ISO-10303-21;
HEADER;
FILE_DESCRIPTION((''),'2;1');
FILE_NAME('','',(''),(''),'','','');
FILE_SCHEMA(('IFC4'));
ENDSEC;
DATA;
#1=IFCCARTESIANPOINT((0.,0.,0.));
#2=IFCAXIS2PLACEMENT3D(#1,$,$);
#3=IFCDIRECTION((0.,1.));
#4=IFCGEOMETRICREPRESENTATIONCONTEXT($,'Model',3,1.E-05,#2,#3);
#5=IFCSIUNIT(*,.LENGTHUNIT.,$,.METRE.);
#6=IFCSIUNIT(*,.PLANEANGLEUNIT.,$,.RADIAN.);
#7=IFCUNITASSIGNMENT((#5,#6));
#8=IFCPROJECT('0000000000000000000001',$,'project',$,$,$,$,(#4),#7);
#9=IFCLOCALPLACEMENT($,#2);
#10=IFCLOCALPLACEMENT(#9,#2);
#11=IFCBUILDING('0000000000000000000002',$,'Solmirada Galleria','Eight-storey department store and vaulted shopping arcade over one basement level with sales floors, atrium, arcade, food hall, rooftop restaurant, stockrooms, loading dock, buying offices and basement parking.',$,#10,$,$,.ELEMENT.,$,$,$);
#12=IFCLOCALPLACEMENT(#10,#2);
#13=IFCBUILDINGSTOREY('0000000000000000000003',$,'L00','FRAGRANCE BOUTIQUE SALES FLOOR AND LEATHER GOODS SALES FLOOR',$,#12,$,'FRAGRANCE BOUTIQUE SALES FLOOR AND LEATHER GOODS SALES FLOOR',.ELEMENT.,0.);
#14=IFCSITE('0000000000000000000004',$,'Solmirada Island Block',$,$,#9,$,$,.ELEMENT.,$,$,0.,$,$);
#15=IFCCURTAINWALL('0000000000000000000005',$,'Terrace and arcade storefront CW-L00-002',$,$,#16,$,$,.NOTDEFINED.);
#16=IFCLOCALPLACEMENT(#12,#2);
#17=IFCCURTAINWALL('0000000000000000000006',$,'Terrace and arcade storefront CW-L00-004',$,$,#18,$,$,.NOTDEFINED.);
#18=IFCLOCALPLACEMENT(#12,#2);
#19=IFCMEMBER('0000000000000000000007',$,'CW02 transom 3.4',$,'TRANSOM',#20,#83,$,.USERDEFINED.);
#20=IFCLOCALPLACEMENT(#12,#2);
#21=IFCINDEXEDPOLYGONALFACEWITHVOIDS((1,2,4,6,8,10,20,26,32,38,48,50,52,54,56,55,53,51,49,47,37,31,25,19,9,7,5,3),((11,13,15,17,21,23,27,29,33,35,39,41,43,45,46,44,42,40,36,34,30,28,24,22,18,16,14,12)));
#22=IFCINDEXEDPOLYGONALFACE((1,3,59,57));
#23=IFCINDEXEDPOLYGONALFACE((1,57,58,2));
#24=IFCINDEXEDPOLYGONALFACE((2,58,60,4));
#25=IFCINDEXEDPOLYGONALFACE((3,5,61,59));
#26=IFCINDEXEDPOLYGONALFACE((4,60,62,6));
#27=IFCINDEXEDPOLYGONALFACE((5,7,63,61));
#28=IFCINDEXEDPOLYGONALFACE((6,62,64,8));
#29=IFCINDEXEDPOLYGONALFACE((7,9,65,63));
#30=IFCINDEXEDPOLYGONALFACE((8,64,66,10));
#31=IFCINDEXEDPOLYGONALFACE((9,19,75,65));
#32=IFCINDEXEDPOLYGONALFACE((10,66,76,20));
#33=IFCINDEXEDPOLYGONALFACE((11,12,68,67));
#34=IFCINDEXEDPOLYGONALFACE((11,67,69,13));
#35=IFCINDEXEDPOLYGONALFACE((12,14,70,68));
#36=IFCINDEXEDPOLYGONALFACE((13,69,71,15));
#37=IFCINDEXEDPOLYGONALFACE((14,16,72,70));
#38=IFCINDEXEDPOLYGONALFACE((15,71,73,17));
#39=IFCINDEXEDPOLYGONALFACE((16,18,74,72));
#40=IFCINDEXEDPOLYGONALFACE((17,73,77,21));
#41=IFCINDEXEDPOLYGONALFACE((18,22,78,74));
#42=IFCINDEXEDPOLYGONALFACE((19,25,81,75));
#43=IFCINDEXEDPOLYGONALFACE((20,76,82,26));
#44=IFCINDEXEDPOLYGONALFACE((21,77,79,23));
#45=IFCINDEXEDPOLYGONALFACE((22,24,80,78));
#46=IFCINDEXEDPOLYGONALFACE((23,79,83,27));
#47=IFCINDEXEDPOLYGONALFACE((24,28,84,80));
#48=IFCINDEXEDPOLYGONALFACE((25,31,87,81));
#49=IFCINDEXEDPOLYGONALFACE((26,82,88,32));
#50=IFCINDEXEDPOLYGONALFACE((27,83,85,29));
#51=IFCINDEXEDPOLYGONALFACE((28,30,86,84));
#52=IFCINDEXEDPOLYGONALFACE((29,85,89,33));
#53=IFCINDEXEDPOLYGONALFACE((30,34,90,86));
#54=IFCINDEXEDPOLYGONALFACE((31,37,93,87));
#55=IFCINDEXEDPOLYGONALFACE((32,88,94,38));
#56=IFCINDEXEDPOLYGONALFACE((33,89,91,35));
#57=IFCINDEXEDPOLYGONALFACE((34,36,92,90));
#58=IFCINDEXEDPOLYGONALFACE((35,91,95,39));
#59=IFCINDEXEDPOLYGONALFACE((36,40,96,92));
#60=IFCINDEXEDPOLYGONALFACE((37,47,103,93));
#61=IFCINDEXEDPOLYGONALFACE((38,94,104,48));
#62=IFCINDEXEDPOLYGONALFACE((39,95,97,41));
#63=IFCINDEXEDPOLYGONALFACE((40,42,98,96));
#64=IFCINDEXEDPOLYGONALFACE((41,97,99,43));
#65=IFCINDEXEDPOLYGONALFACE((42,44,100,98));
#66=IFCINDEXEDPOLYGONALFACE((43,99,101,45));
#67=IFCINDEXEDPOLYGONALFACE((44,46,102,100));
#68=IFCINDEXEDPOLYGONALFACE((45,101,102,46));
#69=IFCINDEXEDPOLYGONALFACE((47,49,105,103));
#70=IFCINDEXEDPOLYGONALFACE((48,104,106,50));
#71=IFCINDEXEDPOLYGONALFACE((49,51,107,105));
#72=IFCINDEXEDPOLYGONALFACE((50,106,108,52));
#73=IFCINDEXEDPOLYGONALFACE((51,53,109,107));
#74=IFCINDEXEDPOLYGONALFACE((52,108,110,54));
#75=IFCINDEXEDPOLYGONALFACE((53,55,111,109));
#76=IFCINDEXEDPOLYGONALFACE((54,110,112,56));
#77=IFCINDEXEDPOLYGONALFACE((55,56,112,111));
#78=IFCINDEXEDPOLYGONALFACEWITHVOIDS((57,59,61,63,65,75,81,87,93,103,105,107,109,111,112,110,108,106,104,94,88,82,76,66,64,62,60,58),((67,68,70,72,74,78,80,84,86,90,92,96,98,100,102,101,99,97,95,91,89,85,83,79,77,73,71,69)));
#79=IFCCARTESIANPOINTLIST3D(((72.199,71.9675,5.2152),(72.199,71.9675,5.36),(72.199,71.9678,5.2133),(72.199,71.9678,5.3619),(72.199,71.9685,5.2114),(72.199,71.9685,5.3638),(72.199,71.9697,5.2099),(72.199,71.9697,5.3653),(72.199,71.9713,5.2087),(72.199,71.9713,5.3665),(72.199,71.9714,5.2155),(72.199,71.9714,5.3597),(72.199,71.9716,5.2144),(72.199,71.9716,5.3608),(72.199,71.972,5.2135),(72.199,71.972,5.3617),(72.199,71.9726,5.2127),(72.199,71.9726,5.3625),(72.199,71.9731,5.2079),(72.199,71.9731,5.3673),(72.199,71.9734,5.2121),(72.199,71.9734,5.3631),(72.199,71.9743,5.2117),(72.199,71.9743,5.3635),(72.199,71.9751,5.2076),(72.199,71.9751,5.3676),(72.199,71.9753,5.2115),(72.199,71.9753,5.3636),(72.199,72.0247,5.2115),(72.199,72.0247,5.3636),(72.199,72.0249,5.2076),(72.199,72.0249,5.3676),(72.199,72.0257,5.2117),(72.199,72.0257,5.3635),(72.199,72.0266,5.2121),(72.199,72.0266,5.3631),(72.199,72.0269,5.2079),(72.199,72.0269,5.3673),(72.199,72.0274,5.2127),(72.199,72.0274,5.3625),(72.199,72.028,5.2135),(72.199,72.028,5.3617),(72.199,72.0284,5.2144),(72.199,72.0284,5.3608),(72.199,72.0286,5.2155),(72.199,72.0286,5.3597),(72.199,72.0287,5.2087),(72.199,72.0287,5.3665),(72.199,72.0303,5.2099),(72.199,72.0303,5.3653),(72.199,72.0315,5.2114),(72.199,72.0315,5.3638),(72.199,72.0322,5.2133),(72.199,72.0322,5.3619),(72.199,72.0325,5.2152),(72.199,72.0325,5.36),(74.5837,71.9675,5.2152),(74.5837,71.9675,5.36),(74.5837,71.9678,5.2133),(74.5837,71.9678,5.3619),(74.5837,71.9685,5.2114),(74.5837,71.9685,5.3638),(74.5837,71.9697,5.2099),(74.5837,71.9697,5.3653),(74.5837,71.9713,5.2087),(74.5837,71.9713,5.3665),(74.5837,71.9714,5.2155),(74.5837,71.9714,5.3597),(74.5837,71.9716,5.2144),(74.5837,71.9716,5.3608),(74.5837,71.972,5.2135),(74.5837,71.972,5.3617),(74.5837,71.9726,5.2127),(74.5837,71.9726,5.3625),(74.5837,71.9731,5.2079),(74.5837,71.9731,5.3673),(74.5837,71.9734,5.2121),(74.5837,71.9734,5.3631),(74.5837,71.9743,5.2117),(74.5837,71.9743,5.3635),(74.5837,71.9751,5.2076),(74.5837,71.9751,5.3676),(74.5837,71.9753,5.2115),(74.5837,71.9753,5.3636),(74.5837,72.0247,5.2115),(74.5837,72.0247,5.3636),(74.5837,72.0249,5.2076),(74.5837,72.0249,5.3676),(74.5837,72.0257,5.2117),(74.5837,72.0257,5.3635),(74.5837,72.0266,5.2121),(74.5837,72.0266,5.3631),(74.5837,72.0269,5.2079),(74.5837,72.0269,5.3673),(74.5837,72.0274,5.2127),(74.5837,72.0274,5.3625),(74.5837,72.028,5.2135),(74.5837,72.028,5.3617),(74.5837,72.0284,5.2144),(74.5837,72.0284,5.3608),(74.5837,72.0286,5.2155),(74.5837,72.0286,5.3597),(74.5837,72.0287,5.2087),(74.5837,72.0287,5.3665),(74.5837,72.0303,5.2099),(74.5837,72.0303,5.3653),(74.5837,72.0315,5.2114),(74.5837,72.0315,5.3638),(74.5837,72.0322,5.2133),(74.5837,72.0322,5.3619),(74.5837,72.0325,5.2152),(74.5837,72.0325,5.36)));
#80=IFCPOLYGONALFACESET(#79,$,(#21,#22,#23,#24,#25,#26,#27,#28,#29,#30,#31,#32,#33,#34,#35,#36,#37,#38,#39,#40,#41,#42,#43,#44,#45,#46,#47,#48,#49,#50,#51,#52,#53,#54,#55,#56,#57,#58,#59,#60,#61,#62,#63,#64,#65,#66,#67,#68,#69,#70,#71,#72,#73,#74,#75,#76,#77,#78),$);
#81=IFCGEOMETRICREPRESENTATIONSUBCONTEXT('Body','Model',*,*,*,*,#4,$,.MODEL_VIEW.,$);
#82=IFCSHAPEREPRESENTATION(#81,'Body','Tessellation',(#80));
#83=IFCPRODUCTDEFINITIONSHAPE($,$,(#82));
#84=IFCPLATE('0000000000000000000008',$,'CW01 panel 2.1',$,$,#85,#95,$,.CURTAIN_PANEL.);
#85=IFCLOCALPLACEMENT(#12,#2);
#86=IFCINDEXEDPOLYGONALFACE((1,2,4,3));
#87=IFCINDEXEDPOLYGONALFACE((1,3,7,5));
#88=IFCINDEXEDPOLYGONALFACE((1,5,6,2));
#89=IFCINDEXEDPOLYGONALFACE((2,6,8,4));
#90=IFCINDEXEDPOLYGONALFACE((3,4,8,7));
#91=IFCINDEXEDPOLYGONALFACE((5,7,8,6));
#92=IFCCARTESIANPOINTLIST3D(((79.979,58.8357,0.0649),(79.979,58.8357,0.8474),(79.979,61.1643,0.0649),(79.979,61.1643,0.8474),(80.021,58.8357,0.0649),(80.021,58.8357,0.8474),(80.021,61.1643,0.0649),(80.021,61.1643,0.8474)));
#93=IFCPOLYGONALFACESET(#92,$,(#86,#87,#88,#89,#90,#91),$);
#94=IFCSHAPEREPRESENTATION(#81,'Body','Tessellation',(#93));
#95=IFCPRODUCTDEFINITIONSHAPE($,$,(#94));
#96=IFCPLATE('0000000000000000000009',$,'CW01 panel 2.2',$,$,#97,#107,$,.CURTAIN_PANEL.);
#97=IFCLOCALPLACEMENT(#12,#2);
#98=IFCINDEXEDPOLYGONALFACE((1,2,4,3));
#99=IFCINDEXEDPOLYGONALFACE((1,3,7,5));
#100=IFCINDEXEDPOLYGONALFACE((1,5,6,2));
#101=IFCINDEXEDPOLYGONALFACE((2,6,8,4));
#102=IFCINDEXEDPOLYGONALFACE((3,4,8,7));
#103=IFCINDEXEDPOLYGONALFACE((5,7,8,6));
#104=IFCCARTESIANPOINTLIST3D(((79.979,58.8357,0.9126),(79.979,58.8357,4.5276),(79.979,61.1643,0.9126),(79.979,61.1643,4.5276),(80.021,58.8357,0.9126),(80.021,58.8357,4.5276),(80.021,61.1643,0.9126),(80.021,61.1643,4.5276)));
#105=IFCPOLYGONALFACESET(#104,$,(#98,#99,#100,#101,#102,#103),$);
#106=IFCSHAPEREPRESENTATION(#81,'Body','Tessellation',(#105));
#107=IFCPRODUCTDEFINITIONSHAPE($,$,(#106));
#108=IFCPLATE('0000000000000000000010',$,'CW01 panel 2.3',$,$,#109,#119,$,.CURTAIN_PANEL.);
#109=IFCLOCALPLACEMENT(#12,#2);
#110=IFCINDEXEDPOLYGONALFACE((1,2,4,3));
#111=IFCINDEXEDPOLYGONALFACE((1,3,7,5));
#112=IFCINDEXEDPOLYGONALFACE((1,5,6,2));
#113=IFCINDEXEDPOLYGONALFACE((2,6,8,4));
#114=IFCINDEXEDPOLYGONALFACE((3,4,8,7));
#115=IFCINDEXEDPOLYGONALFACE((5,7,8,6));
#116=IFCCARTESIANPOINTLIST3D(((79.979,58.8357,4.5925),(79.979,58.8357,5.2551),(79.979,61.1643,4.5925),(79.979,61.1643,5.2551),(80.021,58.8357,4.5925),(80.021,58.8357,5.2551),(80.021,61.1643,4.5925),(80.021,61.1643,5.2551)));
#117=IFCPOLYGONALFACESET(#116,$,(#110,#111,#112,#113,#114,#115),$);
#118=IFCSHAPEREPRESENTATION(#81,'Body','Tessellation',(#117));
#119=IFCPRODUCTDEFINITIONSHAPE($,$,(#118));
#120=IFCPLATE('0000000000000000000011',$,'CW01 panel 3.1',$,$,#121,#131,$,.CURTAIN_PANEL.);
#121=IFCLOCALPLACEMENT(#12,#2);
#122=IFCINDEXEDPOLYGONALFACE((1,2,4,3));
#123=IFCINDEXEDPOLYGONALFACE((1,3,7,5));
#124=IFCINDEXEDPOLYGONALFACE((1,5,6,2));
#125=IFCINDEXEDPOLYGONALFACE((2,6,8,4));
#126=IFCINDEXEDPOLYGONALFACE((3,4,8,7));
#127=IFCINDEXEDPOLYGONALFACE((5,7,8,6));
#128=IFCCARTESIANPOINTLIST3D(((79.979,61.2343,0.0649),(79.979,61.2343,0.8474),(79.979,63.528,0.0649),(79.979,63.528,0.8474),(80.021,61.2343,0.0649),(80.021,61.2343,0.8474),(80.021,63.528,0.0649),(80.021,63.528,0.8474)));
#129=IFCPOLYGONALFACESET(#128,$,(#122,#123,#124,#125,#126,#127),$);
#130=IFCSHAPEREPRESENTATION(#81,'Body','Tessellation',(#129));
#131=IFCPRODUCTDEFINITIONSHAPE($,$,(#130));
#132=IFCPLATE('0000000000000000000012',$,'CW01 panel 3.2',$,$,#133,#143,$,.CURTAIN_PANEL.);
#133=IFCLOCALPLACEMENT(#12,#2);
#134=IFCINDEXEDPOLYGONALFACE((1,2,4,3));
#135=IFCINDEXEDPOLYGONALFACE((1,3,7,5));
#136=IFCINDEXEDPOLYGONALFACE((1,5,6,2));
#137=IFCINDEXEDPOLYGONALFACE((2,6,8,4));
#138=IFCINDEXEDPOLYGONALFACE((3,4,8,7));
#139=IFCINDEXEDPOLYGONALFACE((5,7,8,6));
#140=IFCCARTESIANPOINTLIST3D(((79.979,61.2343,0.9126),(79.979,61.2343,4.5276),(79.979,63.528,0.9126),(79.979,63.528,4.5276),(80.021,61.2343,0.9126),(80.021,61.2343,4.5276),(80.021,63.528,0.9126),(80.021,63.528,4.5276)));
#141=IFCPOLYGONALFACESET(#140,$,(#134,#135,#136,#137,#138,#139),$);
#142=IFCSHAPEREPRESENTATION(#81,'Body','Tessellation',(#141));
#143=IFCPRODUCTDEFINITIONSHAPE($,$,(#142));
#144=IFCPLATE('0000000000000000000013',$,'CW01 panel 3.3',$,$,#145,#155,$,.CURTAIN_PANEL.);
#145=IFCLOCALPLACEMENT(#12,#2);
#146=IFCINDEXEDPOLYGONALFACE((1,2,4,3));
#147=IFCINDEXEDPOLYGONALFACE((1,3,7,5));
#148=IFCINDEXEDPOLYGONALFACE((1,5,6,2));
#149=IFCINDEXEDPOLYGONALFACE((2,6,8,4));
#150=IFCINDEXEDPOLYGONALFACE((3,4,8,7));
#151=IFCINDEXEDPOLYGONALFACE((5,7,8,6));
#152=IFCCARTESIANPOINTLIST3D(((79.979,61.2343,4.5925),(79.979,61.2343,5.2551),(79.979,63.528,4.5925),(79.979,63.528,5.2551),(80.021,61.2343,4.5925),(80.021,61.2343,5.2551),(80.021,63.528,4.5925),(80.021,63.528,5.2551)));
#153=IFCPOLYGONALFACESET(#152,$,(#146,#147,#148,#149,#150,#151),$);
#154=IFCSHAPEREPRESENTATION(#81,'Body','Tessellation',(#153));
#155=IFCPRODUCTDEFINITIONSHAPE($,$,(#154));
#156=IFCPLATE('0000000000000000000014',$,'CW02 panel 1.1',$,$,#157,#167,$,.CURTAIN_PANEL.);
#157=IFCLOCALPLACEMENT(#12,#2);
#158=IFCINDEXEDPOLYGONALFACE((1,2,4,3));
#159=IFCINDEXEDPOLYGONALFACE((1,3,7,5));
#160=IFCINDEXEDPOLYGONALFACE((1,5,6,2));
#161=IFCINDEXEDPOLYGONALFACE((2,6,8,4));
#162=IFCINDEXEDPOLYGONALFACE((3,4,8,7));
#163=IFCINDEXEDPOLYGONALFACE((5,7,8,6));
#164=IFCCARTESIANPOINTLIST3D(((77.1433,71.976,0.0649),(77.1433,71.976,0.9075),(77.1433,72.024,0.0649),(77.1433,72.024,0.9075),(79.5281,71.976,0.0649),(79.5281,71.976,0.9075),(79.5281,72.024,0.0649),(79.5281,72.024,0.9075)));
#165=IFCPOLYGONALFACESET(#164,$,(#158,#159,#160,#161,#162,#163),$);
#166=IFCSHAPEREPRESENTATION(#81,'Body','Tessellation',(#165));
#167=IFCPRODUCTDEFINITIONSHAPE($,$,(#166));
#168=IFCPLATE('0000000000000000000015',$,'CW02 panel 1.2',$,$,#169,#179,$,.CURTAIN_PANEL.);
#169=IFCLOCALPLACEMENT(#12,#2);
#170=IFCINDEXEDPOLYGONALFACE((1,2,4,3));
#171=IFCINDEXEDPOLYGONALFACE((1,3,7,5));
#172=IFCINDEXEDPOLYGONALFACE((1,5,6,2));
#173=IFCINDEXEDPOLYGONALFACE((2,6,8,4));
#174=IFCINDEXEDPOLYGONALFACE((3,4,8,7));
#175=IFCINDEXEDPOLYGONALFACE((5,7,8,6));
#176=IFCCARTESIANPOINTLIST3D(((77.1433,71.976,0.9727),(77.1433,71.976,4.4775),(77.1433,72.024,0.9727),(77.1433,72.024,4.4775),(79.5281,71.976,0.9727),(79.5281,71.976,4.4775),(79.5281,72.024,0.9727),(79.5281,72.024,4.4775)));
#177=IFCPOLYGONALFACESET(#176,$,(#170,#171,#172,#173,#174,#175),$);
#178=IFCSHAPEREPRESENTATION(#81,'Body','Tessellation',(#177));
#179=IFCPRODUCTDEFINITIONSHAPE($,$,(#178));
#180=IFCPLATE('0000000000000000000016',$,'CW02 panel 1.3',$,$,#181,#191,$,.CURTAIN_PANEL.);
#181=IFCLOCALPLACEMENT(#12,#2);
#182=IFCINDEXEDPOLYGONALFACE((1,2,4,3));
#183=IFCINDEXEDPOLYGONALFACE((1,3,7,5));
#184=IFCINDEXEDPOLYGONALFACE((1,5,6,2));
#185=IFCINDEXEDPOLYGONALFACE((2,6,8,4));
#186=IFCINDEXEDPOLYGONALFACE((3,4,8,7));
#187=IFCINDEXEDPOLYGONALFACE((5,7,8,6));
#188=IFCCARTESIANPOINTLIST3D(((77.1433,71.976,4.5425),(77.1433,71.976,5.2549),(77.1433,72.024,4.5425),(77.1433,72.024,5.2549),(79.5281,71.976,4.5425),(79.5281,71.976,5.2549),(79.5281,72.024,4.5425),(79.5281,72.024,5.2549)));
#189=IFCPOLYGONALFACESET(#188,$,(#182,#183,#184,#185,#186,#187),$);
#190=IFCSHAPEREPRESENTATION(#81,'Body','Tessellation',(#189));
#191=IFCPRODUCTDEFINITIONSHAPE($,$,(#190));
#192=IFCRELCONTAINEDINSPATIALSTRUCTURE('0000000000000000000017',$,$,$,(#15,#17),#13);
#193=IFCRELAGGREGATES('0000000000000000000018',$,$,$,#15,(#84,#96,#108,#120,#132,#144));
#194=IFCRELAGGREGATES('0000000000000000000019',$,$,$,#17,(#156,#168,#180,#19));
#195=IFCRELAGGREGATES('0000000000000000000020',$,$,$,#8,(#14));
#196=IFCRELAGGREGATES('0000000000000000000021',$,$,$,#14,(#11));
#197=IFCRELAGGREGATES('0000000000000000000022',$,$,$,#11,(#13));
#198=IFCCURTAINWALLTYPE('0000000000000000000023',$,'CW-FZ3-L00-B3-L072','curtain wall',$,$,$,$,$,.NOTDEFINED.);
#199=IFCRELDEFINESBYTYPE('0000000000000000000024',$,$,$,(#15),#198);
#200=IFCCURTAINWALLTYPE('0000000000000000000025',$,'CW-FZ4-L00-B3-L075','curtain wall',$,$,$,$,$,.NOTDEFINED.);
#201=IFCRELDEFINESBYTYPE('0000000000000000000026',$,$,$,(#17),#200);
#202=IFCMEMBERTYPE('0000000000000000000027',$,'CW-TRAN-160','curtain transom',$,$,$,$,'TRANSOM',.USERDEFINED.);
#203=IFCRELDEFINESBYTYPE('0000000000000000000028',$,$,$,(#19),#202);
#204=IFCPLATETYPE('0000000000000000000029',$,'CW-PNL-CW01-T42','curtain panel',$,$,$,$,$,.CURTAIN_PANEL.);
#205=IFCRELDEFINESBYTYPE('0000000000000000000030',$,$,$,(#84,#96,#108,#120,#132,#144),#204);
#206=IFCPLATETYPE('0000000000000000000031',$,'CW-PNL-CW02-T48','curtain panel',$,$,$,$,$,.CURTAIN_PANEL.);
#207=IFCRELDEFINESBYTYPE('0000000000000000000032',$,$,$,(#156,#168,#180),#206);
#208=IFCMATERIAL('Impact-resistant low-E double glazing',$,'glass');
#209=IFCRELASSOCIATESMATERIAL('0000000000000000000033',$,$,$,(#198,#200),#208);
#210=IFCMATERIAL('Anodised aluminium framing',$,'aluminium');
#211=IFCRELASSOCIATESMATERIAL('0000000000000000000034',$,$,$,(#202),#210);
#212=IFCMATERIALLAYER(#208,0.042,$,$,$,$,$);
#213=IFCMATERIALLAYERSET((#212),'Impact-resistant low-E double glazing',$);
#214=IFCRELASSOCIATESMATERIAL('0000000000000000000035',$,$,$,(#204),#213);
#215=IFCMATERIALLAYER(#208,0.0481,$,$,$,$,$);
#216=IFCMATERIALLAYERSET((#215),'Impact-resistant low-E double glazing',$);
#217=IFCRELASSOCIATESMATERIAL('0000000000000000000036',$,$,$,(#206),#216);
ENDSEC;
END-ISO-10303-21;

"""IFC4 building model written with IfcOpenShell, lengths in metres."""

from ifc_helpers import new_model, si_unit, direction, frame, origin, origin_2d, place, context, subcontext, project, spatial, rectangle, hollow_rectangle, extrude, material, layer, layer_set, material_profile, profile_set, type_object, element, aggregate, save


model = new_model("IFC4")

# Units and contexts
model_context = context("Model", 3, precision=1e-05, world=origin(), true_north=direction((0.0, 1.0)))
body_context = subcontext(model_context, "Body", "Model", "MODEL_VIEW")
ifc_project = project(units=[si_unit("LENGTHUNIT", "METRE"), si_unit("PLANEANGLEUNIT", "RADIAN")], contexts=[model_context])

# Site, building, storey
site_placement = place(None, origin())
site = spatial("IfcSite", under=ifc_project, at=site_placement, Name="Solmirada Island Block", CompositionType="ELEMENT", RefElevation=0.0)
building_placement = place(site_placement, origin())
building = spatial("IfcBuilding", under=site, at=building_placement, Name="Solmirada Galleria", Description="Eight-storey department store and vaulted shopping arcade over one basement level with sales floors, atrium, arcade, food hall, rooftop restaurant, stockrooms, loading dock, buying offices and basement parking.", CompositionType="ELEMENT")
storey_placement = place(building_placement, origin())
storey = spatial("IfcBuildingStorey", under=building, at=storey_placement, Name="L00", Description="FRAGRANCE BOUTIQUE SALES FLOOR AND LEATHER GOODS SALES FLOOR", LongName="FRAGRANCE BOUTIQUE SALES FLOOR AND LEATHER GOODS SALES FLOOR", CompositionType="ELEMENT", Elevation=0.0)

# Curtain wall
ifc_material_1 = material(Name="Impact-resistant low-E double glazing", Category="glass")
curtain_wall_type_1 = type_object("IfcCurtainWallType", Name="CW-FZ3-L00-B3-L072", Description="curtain wall", PredefinedType="NOTDEFINED", material=ifc_material_1)
curtain_wall_1_placement = place(storey_placement, origin())
curtain_wall_1 = element("IfcCurtainWall", 1, at=curtain_wall_1_placement, inside=storey, type_object=curtain_wall_type_1, Name="Terrace and arcade storefront CW-L00-002", PredefinedType="NOTDEFINED")
ifc_material_2 = material(Name="Anodised aluminium framing", Category="aluminium")

# Curtain wall
curtain_wall_type_2 = type_object("IfcCurtainWallType", Name="CW-FZ4-L00-B3-L075", Description="curtain wall", PredefinedType="NOTDEFINED", material=ifc_material_1)
curtain_wall_2_placement = place(storey_placement, origin())
curtain_wall_2 = element("IfcCurtainWall", 2, at=curtain_wall_2_placement, inside=storey, type_object=curtain_wall_type_2, Name="Terrace and arcade storefront CW-L00-004", PredefinedType="NOTDEFINED")

# Member
ifc_material_profile_1 = material_profile(ifc_material_2, hollow_rectangle(XDim=0.0649, YDim=0.1599, WallThickness=0.0039, InnerFilletRadius=0.0039, OuterFilletRadius=0.0076, at=origin_2d()), Name="ALU-TRAN-160X65")
ifc_profile_set_1 = profile_set([ifc_material_profile_1], Name="Anodised aluminium framing")
member_type_1 = type_object("IfcMemberType", Name="CW-TRAN-160", Description="curtain transom", ElementType="TRANSOM", PredefinedType="USERDEFINED", material=ifc_profile_set_1)
member_1_placement = place(storey_placement, frame((74.5837, 72.0, 5.2876), z_axis=(-1.0, 0.0, 0.0), x_axis=(0.0, -1.0, 0.0)))
member_1 = element("IfcMember", 3, at=member_1_placement, type_object=member_type_1, Name="CW02 transom 3.4", ObjectType="TRANSOM", PredefinedType="USERDEFINED", context=body_context, shape_type="SweptSolid", body=[
    extrude(hollow_rectangle(XDim=0.0649, YDim=0.1599, WallThickness=0.0039, InnerFilletRadius=0.0039, OuterFilletRadius=0.0076, at=origin_2d()), origin(), (0.0, 0.0, 1.0), 2.3848),
])

# Plates
ifc_layer_1 = layer(ifc_material_1, 0.042)
ifc_layer_set_1 = layer_set([ifc_layer_1], Name="Impact-resistant low-E double glazing")
plate_type_1 = type_object("IfcPlateType", Name="CW-PNL-CW01-T42", Description="curtain panel", PredefinedType="CURTAIN_PANEL", material=ifc_layer_set_1)
plate_1_placement = place(storey_placement, frame((80.0, 60.0, 0.0649), z_axis=(0.0, 0.0, 1.0), x_axis=(0.0, 1.0, 0.0)))
plate_1 = element("IfcPlate", 4, at=plate_1_placement, type_object=plate_type_1, Name="CW01 panel 2.1", PredefinedType="CURTAIN_PANEL", context=body_context, shape_type="SweptSolid", body=[
    extrude(rectangle(XDim=2.3286, YDim=0.042, at=origin_2d()), origin(), (0.0, 0.0, 1.0), 0.7825),
])
plate_2_placement = place(storey_placement, frame((80.0, 60.0, 0.9126), z_axis=(0.0, 0.0, 1.0), x_axis=(0.0, 1.0, 0.0)))
plate_2 = element("IfcPlate", 5, at=plate_2_placement, type_object=plate_type_1, Name="CW01 panel 2.2", PredefinedType="CURTAIN_PANEL", context=body_context, shape_type="SweptSolid", body=[
    extrude(rectangle(XDim=2.3286, YDim=0.042, at=origin_2d()), origin(), (0.0, 0.0, 1.0), 3.615),
])
plate_3_placement = place(storey_placement, frame((80.0, 60.0, 4.5925), z_axis=(0.0, 0.0, 1.0), x_axis=(0.0, 1.0, 0.0)))
plate_3 = element("IfcPlate", 6, at=plate_3_placement, type_object=plate_type_1, Name="CW01 panel 2.3", PredefinedType="CURTAIN_PANEL", context=body_context, shape_type="SweptSolid", body=[
    extrude(rectangle(XDim=2.3286, YDim=0.042, at=origin_2d()), origin(), (0.0, 0.0, 1.0), 0.6626),
])
plate_4_placement = place(storey_placement, frame((80.0, 62.3811, 0.0649), z_axis=(0.0, 0.0, 1.0), x_axis=(0.0, 1.0, 0.0)))
plate_4 = element("IfcPlate", 7, at=plate_4_placement, type_object=plate_type_1, Name="CW01 panel 3.1", PredefinedType="CURTAIN_PANEL", context=body_context, shape_type="SweptSolid", body=[
    extrude(rectangle(XDim=2.2937, YDim=0.042, at=origin_2d()), origin(), (0.0, 0.0, 1.0), 0.7825),
])
plate_5_placement = place(storey_placement, frame((80.0, 62.3811, 0.9126), z_axis=(0.0, 0.0, 1.0), x_axis=(0.0, 1.0, 0.0)))
plate_5 = element("IfcPlate", 8, at=plate_5_placement, type_object=plate_type_1, Name="CW01 panel 3.2", PredefinedType="CURTAIN_PANEL", context=body_context, shape_type="SweptSolid", body=[
    extrude(rectangle(XDim=2.2937, YDim=0.042, at=origin_2d()), origin(), (0.0, 0.0, 1.0), 3.615),
])
plate_6_placement = place(storey_placement, frame((80.0, 62.3811, 4.5925), z_axis=(0.0, 0.0, 1.0), x_axis=(0.0, 1.0, 0.0)))
plate_6 = element("IfcPlate", 9, at=plate_6_placement, type_object=plate_type_1, Name="CW01 panel 3.3", PredefinedType="CURTAIN_PANEL", context=body_context, shape_type="SweptSolid", body=[
    extrude(rectangle(XDim=2.2937, YDim=0.042, at=origin_2d()), origin(), (0.0, 0.0, 1.0), 0.6626),
])
aggregate(curtain_wall_1, [plate_1, plate_2, plate_3, plate_4, plate_5, plate_6])
ifc_layer_2 = layer(ifc_material_1, 0.0481)
ifc_layer_set_2 = layer_set([ifc_layer_2], Name="Impact-resistant low-E double glazing")
plate_type_2 = type_object("IfcPlateType", Name="CW-PNL-CW02-T48", Description="curtain panel", PredefinedType="CURTAIN_PANEL", material=ifc_layer_set_2)
plate_7_placement = place(storey_placement, frame((78.3357, 72.0, 0.0649), z_axis=(0.0, 0.0, 1.0), x_axis=(-1.0, 0.0, 0.0)))
plate_7 = element("IfcPlate", 10, at=plate_7_placement, type_object=plate_type_2, Name="CW02 panel 1.1", PredefinedType="CURTAIN_PANEL", context=body_context, shape_type="SweptSolid", body=[
    extrude(rectangle(XDim=2.3848, YDim=0.0481, at=origin_2d()), origin(), (0.0, 0.0, 1.0), 0.8425),
])
plate_8_placement = place(storey_placement, frame((78.3357, 72.0, 0.9727), z_axis=(0.0, 0.0, 1.0), x_axis=(-1.0, 0.0, 0.0)))
plate_8 = element("IfcPlate", 11, at=plate_8_placement, type_object=plate_type_2, Name="CW02 panel 1.2", PredefinedType="CURTAIN_PANEL", context=body_context, shape_type="SweptSolid", body=[
    extrude(rectangle(XDim=2.3848, YDim=0.0481, at=origin_2d()), origin(), (0.0, 0.0, 1.0), 3.5049),
])
plate_9_placement = place(storey_placement, frame((78.3357, 72.0, 4.5425), z_axis=(0.0, 0.0, 1.0), x_axis=(-1.0, 0.0, 0.0)))
plate_9 = element("IfcPlate", 12, at=plate_9_placement, type_object=plate_type_2, Name="CW02 panel 1.3", PredefinedType="CURTAIN_PANEL", context=body_context, shape_type="SweptSolid", body=[
    extrude(rectangle(XDim=2.3848, YDim=0.0481, at=origin_2d()), origin(), (0.0, 0.0, 1.0), 0.7124),
])
aggregate(curtain_wall_2, [plate_7, plate_8, plate_9, member_1])

save(model, "model.ifc")
